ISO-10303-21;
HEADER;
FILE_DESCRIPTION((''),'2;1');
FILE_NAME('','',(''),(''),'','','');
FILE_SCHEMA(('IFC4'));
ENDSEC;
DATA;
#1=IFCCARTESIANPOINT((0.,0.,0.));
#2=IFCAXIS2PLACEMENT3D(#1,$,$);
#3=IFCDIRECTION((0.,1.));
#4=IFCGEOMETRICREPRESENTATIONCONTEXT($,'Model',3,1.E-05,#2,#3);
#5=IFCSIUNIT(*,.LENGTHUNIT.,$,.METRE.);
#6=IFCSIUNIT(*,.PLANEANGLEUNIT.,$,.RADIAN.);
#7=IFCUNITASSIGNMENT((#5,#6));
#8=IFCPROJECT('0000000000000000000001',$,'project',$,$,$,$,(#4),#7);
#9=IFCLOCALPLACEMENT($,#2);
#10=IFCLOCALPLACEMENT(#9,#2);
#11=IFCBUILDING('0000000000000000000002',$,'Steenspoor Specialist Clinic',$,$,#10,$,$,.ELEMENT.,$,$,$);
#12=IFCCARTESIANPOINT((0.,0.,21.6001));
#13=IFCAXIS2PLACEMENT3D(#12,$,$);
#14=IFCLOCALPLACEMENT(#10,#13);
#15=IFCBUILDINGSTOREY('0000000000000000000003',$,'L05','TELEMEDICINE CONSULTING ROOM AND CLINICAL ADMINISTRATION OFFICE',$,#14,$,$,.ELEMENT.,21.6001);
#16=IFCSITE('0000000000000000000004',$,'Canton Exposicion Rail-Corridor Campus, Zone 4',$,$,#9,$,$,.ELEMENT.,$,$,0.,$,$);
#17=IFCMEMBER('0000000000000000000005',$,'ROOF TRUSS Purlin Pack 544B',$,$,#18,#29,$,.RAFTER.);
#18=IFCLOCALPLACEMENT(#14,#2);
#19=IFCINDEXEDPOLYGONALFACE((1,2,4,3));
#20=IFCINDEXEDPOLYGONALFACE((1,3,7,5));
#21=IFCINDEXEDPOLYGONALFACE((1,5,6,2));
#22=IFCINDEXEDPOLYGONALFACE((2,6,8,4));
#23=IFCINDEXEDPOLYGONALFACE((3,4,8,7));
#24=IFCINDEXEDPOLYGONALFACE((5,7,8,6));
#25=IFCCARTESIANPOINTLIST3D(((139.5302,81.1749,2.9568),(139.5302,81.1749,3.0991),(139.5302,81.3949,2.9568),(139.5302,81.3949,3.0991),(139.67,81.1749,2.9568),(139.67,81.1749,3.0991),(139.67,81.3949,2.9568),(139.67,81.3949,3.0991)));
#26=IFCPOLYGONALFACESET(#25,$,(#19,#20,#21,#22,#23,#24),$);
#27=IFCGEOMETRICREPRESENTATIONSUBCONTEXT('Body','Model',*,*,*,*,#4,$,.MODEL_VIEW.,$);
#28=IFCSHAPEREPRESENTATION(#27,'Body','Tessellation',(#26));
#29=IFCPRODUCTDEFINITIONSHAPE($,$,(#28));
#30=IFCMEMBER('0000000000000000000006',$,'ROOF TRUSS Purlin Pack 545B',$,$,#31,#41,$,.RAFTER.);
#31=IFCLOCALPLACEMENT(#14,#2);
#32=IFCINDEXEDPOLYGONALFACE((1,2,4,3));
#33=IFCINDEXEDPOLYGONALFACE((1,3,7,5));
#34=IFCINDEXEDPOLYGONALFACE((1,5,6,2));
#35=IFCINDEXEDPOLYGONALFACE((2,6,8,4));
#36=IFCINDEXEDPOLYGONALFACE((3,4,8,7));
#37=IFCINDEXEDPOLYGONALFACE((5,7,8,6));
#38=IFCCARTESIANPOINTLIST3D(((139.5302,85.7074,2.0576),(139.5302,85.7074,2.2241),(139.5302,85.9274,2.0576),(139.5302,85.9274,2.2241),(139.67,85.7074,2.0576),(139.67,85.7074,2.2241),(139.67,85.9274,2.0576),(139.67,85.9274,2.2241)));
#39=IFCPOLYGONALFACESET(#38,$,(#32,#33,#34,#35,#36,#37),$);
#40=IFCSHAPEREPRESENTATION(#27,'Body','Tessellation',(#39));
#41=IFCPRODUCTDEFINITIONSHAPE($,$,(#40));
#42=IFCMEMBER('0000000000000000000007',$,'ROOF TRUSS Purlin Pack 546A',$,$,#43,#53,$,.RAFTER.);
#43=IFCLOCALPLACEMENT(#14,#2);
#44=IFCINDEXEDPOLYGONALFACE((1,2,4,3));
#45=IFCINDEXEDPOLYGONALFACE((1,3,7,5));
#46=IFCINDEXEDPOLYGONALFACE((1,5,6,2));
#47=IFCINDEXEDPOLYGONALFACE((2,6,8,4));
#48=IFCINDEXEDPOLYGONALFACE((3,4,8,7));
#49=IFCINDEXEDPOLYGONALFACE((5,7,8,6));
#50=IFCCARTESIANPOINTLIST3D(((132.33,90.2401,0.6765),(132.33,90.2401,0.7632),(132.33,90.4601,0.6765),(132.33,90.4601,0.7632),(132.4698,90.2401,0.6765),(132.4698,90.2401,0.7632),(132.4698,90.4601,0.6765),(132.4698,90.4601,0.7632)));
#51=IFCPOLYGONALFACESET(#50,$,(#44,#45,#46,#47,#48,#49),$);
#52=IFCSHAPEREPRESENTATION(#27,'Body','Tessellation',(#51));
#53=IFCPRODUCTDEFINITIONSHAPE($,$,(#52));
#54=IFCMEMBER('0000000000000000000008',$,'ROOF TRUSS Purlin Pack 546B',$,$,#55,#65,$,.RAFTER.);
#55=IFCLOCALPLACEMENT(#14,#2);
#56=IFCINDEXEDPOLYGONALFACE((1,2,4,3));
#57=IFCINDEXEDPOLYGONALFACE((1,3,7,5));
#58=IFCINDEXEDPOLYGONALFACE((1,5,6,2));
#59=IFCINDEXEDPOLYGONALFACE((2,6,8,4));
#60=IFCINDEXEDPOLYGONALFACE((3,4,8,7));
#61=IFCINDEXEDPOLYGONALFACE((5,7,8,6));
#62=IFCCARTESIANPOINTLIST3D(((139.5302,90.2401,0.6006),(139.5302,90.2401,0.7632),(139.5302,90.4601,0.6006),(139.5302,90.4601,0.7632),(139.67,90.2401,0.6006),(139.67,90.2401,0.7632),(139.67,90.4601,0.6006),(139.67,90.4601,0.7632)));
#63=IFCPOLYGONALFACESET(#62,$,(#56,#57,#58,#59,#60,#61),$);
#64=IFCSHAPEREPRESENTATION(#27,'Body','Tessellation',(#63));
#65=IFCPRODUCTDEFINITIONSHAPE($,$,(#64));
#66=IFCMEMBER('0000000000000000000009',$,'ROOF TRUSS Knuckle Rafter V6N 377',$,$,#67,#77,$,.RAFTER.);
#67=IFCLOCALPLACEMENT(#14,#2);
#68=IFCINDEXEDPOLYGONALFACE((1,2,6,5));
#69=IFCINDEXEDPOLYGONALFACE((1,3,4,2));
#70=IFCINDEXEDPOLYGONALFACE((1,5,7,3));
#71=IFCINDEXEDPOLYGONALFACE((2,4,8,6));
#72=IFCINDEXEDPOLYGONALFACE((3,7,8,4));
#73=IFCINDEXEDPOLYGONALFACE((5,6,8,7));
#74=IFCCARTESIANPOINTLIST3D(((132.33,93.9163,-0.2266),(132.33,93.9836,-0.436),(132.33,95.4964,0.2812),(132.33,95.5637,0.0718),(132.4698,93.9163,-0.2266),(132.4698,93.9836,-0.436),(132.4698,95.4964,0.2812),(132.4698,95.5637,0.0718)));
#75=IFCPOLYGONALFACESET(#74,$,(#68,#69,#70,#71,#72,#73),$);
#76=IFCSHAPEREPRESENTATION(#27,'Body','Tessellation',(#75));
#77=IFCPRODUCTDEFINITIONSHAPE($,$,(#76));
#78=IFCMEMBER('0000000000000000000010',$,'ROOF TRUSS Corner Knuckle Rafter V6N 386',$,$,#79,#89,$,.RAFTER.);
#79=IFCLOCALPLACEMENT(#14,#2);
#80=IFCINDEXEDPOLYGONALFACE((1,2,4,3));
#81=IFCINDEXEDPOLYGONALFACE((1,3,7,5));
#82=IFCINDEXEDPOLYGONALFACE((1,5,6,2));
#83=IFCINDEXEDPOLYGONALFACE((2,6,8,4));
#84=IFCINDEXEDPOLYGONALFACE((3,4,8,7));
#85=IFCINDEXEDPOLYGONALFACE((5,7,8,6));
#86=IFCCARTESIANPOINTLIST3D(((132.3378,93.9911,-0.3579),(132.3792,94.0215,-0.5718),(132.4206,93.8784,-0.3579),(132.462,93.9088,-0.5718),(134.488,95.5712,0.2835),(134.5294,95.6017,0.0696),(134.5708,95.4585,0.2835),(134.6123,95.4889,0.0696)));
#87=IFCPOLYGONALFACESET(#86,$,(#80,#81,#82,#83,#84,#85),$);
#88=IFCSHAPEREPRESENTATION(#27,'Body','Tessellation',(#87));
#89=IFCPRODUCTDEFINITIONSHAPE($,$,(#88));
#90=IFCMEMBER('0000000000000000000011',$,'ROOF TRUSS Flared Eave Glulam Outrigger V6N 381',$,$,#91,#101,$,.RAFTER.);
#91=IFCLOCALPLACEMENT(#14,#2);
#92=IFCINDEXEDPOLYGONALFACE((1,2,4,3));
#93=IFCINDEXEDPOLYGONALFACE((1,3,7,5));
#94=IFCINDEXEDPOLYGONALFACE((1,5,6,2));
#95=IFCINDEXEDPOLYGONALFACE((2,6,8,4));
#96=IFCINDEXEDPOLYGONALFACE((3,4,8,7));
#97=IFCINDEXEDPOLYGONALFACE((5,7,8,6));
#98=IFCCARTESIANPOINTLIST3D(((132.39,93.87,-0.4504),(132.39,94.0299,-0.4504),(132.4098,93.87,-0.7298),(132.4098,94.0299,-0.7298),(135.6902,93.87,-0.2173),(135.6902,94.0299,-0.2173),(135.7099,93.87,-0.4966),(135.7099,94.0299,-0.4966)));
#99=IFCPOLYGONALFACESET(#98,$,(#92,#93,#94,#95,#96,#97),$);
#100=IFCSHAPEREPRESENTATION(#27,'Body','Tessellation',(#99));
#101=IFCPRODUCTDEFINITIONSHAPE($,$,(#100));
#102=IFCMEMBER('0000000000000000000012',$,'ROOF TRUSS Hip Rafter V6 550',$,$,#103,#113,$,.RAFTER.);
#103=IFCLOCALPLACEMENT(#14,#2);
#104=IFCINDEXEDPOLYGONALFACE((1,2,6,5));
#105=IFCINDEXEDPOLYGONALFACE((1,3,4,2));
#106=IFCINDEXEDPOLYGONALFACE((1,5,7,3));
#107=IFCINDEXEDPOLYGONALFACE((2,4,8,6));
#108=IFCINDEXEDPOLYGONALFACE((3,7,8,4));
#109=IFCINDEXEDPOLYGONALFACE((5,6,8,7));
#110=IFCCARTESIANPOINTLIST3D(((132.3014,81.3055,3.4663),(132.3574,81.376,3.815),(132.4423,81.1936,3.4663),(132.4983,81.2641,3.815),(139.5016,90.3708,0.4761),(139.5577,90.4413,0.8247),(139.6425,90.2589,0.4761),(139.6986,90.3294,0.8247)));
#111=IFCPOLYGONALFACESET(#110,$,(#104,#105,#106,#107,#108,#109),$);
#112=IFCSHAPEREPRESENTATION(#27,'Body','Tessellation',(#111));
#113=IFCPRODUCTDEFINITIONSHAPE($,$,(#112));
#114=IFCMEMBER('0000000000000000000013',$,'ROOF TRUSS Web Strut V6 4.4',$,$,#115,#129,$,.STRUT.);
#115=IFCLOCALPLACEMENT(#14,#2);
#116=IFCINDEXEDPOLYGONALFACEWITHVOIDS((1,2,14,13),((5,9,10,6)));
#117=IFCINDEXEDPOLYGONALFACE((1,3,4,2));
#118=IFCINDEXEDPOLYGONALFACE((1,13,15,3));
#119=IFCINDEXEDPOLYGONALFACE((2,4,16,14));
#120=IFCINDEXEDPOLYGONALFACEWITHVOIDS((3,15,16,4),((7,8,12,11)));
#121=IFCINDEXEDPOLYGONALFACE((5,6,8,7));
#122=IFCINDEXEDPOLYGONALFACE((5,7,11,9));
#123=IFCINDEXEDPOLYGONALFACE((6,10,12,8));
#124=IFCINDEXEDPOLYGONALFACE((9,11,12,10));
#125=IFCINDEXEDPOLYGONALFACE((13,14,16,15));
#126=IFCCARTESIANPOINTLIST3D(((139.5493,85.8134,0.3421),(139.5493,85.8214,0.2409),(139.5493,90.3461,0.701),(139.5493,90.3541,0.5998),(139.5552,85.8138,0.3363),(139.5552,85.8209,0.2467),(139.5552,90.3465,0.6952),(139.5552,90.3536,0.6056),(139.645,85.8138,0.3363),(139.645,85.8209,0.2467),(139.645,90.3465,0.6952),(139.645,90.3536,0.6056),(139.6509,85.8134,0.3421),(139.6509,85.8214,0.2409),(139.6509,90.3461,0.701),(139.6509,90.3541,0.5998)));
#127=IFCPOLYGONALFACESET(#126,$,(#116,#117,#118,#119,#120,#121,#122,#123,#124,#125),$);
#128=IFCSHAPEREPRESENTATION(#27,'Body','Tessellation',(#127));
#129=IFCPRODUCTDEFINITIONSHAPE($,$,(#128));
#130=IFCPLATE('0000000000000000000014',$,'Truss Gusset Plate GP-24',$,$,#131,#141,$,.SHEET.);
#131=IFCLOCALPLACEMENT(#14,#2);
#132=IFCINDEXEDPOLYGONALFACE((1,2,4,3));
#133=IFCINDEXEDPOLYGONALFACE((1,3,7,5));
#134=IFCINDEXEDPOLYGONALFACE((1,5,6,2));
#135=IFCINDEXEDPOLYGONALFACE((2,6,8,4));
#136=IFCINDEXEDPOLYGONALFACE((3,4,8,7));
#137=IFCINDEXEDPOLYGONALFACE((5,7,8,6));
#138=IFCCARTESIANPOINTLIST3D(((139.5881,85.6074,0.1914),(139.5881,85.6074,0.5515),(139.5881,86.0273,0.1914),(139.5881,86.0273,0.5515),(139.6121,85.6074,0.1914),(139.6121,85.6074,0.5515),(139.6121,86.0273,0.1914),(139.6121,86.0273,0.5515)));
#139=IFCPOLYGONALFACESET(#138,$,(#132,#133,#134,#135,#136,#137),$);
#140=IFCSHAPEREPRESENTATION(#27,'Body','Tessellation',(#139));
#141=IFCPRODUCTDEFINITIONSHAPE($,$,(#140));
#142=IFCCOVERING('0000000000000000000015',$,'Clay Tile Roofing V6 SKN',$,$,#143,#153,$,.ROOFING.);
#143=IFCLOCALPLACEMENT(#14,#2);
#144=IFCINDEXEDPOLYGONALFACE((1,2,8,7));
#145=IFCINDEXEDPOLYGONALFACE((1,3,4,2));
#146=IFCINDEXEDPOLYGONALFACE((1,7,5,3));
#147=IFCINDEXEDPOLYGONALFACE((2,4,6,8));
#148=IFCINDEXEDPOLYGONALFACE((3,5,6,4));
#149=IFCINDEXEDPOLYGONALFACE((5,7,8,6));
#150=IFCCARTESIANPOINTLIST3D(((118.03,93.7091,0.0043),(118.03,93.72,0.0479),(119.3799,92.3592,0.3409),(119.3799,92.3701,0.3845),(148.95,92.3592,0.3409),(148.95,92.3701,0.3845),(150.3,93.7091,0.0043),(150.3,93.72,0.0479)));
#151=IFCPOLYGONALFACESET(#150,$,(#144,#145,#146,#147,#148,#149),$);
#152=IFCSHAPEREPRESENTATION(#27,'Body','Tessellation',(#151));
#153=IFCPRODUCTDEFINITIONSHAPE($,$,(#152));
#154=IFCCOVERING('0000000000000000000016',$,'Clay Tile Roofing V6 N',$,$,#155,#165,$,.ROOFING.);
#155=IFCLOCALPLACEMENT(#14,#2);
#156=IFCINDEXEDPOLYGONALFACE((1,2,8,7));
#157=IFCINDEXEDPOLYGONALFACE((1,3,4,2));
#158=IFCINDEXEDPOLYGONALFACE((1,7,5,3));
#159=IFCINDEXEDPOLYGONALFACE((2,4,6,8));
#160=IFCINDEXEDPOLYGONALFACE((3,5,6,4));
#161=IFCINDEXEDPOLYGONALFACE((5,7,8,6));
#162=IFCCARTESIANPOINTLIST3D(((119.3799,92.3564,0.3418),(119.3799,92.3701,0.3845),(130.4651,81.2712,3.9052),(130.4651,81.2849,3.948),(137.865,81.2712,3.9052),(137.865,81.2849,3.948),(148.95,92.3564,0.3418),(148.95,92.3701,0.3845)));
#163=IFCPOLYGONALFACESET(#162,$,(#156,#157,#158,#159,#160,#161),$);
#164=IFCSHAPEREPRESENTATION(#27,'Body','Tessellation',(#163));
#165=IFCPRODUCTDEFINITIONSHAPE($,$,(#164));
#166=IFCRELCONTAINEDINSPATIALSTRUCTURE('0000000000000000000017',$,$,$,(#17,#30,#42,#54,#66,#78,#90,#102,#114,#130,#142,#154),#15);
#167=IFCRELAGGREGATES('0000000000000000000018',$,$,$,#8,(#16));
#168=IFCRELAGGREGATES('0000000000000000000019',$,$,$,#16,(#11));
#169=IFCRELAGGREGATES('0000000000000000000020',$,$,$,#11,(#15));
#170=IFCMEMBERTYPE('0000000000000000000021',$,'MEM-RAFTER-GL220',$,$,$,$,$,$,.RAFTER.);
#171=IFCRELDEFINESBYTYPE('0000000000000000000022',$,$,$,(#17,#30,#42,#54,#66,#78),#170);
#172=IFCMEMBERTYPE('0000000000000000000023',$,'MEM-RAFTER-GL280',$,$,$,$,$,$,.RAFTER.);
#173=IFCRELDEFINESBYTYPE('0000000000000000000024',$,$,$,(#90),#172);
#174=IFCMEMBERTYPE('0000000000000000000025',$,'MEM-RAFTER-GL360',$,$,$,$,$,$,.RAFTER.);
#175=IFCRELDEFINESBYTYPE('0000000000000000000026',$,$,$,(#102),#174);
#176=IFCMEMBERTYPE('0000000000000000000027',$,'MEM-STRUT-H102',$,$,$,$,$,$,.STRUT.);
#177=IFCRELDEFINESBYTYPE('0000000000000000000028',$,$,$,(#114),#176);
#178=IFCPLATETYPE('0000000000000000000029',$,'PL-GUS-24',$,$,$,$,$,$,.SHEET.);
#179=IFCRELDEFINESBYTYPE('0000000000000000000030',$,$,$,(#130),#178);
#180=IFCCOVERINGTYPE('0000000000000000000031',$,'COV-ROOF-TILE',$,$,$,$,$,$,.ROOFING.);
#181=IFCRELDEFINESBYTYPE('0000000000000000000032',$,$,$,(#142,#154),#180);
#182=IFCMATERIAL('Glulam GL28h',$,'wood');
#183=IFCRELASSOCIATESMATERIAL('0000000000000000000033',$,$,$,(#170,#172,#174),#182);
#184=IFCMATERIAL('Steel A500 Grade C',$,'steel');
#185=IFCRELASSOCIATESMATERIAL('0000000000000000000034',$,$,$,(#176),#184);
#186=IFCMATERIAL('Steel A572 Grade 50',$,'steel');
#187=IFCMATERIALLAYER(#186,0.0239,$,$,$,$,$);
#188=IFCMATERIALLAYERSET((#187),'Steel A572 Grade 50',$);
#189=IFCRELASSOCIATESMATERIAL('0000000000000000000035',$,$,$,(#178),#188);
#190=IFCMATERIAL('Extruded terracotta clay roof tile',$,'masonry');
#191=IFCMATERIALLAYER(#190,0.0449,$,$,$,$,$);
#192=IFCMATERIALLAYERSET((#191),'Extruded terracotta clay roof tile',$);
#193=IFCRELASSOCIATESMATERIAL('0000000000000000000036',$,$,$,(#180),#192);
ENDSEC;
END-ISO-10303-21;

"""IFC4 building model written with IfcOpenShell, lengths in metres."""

from ifc_helpers import new_model, si_unit, direction, frame, origin, origin_2d, place, context, subcontext, project, spatial, polyline, rectangle, hollow_rectangle, outline, extrude, material, layer, layer_set, material_profile, profile_set, type_object, element, save


model = new_model("IFC4")

# Units and contexts
model_context = context("Model", 3, precision=1e-05, world=origin(), true_north=direction((0.0, 1.0)))
body_context = subcontext(model_context, "Body", "Model", "MODEL_VIEW")
ifc_project = project(units=[si_unit("LENGTHUNIT", "METRE"), si_unit("PLANEANGLEUNIT", "RADIAN")], contexts=[model_context])

# Site, building, storey
site_placement = place(None, origin())
site = spatial("IfcSite", under=ifc_project, at=site_placement, Name="Canton Exposicion Rail-Corridor Campus, Zone 4", CompositionType="ELEMENT", RefElevation=0.0)
building_placement = place(site_placement, origin())
building = spatial("IfcBuilding", under=site, at=building_placement, Name="Steenspoor Specialist Clinic", CompositionType="ELEMENT")
storey_placement = place(building_placement, frame((0.0, 0.0, 21.6001)))
storey = spatial("IfcBuildingStorey", under=building, at=storey_placement, Name="L05", Description="TELEMEDICINE CONSULTING ROOM AND CLINICAL ADMINISTRATION OFFICE", CompositionType="ELEMENT", Elevation=21.6001)

# Members
ifc_material_1 = material(Name="Steel A500 Grade C", Category="steel")
ifc_material_2 = material(Name="Glulam GL28h", Category="wood")
ifc_material_profile_1 = material_profile(ifc_material_2, rectangle(XDim=0.1399, YDim=0.22, at=origin_2d()), Name="GL28H-140X220")
ifc_profile_set_1 = profile_set([ifc_material_profile_1], Name="Glulam GL28h")
member_type_1 = type_object("IfcMemberType", Name="MEM-RAFTER-GL220", PredefinedType="RAFTER", material=ifc_profile_set_1)
member_1_placement = place(storey_placement, frame((139.6001, 81.2849, 2.9568), z_axis=(0.0, 0.0, 1.0), x_axis=(1.0, 0.0, 0.0)))
element("IfcMember", 1, at=member_1_placement, inside=storey, type_object=member_type_1, Name="ROOF TRUSS Purlin Pack 544B", PredefinedType="RAFTER", context=body_context, shape_type="SweptSolid", body=[
    extrude(rectangle(XDim=0.1399, YDim=0.22, at=origin_2d()), origin(), (0.0, 0.0, 1.0), 0.1423),
])
member_2_placement = place(storey_placement, frame((139.6001, 85.8174, 2.0576), z_axis=(0.0, 0.0, 1.0), x_axis=(1.0, 0.0, 0.0)))
element("IfcMember", 2, at=member_2_placement, inside=storey, type_object=member_type_1, Name="ROOF TRUSS Purlin Pack 545B", PredefinedType="RAFTER", context=body_context, shape_type="SweptSolid", body=[
    extrude(rectangle(XDim=0.1399, YDim=0.22, at=origin_2d()), origin(), (0.0, 0.0, 1.0), 0.1665),
])
member_3_placement = place(storey_placement, frame((132.3999, 90.3501, 0.6765), z_axis=(0.0, 0.0, 1.0), x_axis=(1.0, 0.0, 0.0)))
element("IfcMember", 3, at=member_3_placement, inside=storey, type_object=member_type_1, Name="ROOF TRUSS Purlin Pack 546A", PredefinedType="RAFTER", context=body_context, shape_type="SweptSolid", body=[
    extrude(rectangle(XDim=0.1399, YDim=0.22, at=origin_2d()), origin(), (0.0, 0.0, 1.0), 0.0867),
])
member_4_placement = place(storey_placement, frame((139.6001, 90.3501, 0.6006), z_axis=(0.0, 0.0, 1.0), x_axis=(1.0, 0.0, 0.0)))
element("IfcMember", 4, at=member_4_placement, inside=storey, type_object=member_type_1, Name="ROOF TRUSS Purlin Pack 546B", PredefinedType="RAFTER", context=body_context, shape_type="SweptSolid", body=[
    extrude(rectangle(XDim=0.1399, YDim=0.22, at=origin_2d()), origin(), (0.0, 0.0, 1.0), 0.1626),
])
member_5_placement = place(storey_placement, frame((132.3999, 93.95, -0.3313), z_axis=(0.0, 0.952041, 0.305971), x_axis=(-1.0, 0.0, 0.0)))
element("IfcMember", 5, at=member_5_placement, inside=storey, type_object=member_type_1, Name="ROOF TRUSS Knuckle Rafter V6N 377", PredefinedType="RAFTER", context=body_context, shape_type="SweptSolid", body=[
    extrude(rectangle(XDim=0.1399, YDim=0.22, at=origin_2d()), origin(), (0.0, 0.0, 1.0), 1.6597),
])
member_6_placement = place(storey_placement, frame((132.3999, 93.95, -0.4648), z_axis=(0.783499, 0.57577, 0.233706), x_axis=(-0.592169, 0.805814, 0.0)))
element("IfcMember", 6, at=member_6_placement, inside=storey, type_object=member_type_1, Name="ROOF TRUSS Corner Knuckle Rafter V6N 386", PredefinedType="RAFTER", context=body_context, shape_type="SweptSolid", body=[
    extrude(rectangle(XDim=0.1399, YDim=0.22, at=origin_2d()), origin(), (0.0, 0.0, 1.0), 2.7444),
])
ifc_material_profile_2 = material_profile(ifc_material_2, rectangle(XDim=0.1599, YDim=0.28, at=origin_2d()), Name="GL28H-160X280")
ifc_profile_set_2 = profile_set([ifc_material_profile_2], Name="Glulam GL28h")
member_type_2 = type_object("IfcMemberType", Name="MEM-RAFTER-GL280", PredefinedType="RAFTER", material=ifc_profile_set_2)
member_7_placement = place(storey_placement, frame((132.3999, 93.95, -0.5901), z_axis=(0.997513, 0.0, 0.070476), x_axis=(0.0, 1.0, 0.0)))
element("IfcMember", 7, at=member_7_placement, inside=storey, type_object=member_type_2, Name="ROOF TRUSS Flared Eave Glulam Outrigger V6N 381", PredefinedType="RAFTER", context=body_context, shape_type="SweptSolid", body=[
    extrude(rectangle(XDim=0.1599, YDim=0.28, at=origin_2d()), origin(), (0.0, 0.0, 1.0), 3.3083),
])
ifc_material_profile_3 = material_profile(ifc_material_2, rectangle(XDim=0.1799, YDim=0.3601, at=origin_2d()), Name="GL28H-180X360")
ifc_profile_set_3 = profile_set([ifc_material_profile_3], Name="Glulam GL28h")
member_type_3 = type_object("IfcMemberType", Name="MEM-RAFTER-GL360", PredefinedType="RAFTER", material=ifc_profile_set_3)
member_8_placement = place(storey_placement, frame((139.6001, 90.3501, 0.6504), z_axis=(-0.602191, -0.75817, 0.250089), x_axis=(0.783053, -0.621955, 0.0)))
element("IfcMember", 8, at=member_8_placement, inside=storey, type_object=member_type_3, Name="ROOF TRUSS Hip Rafter V6 550", PredefinedType="RAFTER", context=body_context, shape_type="SweptSolid", body=[
    extrude(rectangle(XDim=0.1799, YDim=0.3601, at=origin_2d()), origin(), (0.0, 0.0, 1.0), 11.9568),
])
ifc_material_profile_4 = material_profile(ifc_material_1, hollow_rectangle(XDim=0.1016, YDim=0.1016, WallThickness=0.0059, at=origin_2d()), Name="HSS102X102X6.4")
ifc_profile_set_4 = profile_set([ifc_material_profile_4], Name="Steel A500 Grade C")
member_type_4 = type_object("IfcMemberType", Name="MEM-STRUT-H102", PredefinedType="STRUT", material=ifc_profile_set_4)
member_9_placement = place(storey_placement, frame((139.6001, 85.8174, 0.2915), z_axis=(0.0, 0.99688, 0.07893), x_axis=(-1.0, 0.0, 0.0)))
element("IfcMember", 9, at=member_9_placement, inside=storey, type_object=member_type_4, Name="ROOF TRUSS Web Strut V6 4.4", PredefinedType="STRUT", context=body_context, shape_type="SweptSolid", body=[
    extrude(hollow_rectangle(XDim=0.1016, YDim=0.1016, WallThickness=0.0059, at=origin_2d()), origin(), (0.0, 0.0, 1.0), 4.5469),
])

# Plate
ifc_material_3 = material(Name="Steel A572 Grade 50", Category="steel")
ifc_layer_1 = layer(ifc_material_3, 0.0239)
ifc_layer_set_1 = layer_set([ifc_layer_1], Name="Steel A572 Grade 50")
plate_type = type_object("IfcPlateType", Name="PL-GUS-24", PredefinedType="SHEET", material=ifc_layer_set_1)
plate_placement = place(storey_placement, frame((139.6001, 85.8174, 0.1914), z_axis=(0.0, 0.0, 1.0), x_axis=(1.0, 0.0, 0.0)))
element("IfcPlate", 10, at=plate_placement, inside=storey, type_object=plate_type, Name="Truss Gusset Plate GP-24", PredefinedType="SHEET", context=body_context, shape_type="SweptSolid", body=[
    extrude(rectangle(XDim=0.0239, YDim=0.4199, at=origin_2d()), origin(), (0.0, 0.0, 1.0), 0.3601),
])

# Shared definitions
ifc_material_4 = material(Name="Extruded terracotta clay roof tile", Category="masonry")

# Coverings
ifc_layer_2 = layer(ifc_material_4, 0.0449)
ifc_layer_set_2 = layer_set([ifc_layer_2], Name="Extruded terracotta clay roof tile")
covering_type = type_object("IfcCoveringType", Name="COV-ROOF-TILE", PredefinedType="ROOFING", material=ifc_layer_set_2)
covering_1_placement = place(storey_placement, frame((150.3, 93.72, 0.0479), z_axis=(0.0, 0.241999, 0.970277), x_axis=(-1.0, 0.0, 0.0)))
element("IfcCovering", 11, at=covering_1_placement, inside=storey, type_object=covering_type, Name="Clay Tile Roofing V6 SKN", PredefinedType="ROOFING", context=body_context, shape_type="SweptSolid", body=[
    extrude(outline(polyline([(0.0, 0.0), (32.27, 0.0), (30.9202, 1.3912), (1.3501, 1.3912), (0.0, 0.0)])), origin(), (0.0, 0.0, -1.0), 0.0449),
])
covering_2_placement = place(storey_placement, frame((148.95, 92.3701, 0.3845), z_axis=(0.0, 0.306038, 0.952019), x_axis=(-1.0, 0.0, 0.0)))
element("IfcCovering", 12, at=covering_2_placement, inside=storey, type_object=covering_type, Name="Clay Tile Roofing V6 N", PredefinedType="ROOFING", context=body_context, shape_type="SweptSolid", body=[
    extrude(outline(polyline([(0.0, 0.0), (29.5701, 0.0), (18.4849, 11.6439), (11.085, 11.6439), (0.0, 0.0)])), origin(), (0.0, 0.0, -1.0), 0.0449),
])

save(model, "model.ifc")
